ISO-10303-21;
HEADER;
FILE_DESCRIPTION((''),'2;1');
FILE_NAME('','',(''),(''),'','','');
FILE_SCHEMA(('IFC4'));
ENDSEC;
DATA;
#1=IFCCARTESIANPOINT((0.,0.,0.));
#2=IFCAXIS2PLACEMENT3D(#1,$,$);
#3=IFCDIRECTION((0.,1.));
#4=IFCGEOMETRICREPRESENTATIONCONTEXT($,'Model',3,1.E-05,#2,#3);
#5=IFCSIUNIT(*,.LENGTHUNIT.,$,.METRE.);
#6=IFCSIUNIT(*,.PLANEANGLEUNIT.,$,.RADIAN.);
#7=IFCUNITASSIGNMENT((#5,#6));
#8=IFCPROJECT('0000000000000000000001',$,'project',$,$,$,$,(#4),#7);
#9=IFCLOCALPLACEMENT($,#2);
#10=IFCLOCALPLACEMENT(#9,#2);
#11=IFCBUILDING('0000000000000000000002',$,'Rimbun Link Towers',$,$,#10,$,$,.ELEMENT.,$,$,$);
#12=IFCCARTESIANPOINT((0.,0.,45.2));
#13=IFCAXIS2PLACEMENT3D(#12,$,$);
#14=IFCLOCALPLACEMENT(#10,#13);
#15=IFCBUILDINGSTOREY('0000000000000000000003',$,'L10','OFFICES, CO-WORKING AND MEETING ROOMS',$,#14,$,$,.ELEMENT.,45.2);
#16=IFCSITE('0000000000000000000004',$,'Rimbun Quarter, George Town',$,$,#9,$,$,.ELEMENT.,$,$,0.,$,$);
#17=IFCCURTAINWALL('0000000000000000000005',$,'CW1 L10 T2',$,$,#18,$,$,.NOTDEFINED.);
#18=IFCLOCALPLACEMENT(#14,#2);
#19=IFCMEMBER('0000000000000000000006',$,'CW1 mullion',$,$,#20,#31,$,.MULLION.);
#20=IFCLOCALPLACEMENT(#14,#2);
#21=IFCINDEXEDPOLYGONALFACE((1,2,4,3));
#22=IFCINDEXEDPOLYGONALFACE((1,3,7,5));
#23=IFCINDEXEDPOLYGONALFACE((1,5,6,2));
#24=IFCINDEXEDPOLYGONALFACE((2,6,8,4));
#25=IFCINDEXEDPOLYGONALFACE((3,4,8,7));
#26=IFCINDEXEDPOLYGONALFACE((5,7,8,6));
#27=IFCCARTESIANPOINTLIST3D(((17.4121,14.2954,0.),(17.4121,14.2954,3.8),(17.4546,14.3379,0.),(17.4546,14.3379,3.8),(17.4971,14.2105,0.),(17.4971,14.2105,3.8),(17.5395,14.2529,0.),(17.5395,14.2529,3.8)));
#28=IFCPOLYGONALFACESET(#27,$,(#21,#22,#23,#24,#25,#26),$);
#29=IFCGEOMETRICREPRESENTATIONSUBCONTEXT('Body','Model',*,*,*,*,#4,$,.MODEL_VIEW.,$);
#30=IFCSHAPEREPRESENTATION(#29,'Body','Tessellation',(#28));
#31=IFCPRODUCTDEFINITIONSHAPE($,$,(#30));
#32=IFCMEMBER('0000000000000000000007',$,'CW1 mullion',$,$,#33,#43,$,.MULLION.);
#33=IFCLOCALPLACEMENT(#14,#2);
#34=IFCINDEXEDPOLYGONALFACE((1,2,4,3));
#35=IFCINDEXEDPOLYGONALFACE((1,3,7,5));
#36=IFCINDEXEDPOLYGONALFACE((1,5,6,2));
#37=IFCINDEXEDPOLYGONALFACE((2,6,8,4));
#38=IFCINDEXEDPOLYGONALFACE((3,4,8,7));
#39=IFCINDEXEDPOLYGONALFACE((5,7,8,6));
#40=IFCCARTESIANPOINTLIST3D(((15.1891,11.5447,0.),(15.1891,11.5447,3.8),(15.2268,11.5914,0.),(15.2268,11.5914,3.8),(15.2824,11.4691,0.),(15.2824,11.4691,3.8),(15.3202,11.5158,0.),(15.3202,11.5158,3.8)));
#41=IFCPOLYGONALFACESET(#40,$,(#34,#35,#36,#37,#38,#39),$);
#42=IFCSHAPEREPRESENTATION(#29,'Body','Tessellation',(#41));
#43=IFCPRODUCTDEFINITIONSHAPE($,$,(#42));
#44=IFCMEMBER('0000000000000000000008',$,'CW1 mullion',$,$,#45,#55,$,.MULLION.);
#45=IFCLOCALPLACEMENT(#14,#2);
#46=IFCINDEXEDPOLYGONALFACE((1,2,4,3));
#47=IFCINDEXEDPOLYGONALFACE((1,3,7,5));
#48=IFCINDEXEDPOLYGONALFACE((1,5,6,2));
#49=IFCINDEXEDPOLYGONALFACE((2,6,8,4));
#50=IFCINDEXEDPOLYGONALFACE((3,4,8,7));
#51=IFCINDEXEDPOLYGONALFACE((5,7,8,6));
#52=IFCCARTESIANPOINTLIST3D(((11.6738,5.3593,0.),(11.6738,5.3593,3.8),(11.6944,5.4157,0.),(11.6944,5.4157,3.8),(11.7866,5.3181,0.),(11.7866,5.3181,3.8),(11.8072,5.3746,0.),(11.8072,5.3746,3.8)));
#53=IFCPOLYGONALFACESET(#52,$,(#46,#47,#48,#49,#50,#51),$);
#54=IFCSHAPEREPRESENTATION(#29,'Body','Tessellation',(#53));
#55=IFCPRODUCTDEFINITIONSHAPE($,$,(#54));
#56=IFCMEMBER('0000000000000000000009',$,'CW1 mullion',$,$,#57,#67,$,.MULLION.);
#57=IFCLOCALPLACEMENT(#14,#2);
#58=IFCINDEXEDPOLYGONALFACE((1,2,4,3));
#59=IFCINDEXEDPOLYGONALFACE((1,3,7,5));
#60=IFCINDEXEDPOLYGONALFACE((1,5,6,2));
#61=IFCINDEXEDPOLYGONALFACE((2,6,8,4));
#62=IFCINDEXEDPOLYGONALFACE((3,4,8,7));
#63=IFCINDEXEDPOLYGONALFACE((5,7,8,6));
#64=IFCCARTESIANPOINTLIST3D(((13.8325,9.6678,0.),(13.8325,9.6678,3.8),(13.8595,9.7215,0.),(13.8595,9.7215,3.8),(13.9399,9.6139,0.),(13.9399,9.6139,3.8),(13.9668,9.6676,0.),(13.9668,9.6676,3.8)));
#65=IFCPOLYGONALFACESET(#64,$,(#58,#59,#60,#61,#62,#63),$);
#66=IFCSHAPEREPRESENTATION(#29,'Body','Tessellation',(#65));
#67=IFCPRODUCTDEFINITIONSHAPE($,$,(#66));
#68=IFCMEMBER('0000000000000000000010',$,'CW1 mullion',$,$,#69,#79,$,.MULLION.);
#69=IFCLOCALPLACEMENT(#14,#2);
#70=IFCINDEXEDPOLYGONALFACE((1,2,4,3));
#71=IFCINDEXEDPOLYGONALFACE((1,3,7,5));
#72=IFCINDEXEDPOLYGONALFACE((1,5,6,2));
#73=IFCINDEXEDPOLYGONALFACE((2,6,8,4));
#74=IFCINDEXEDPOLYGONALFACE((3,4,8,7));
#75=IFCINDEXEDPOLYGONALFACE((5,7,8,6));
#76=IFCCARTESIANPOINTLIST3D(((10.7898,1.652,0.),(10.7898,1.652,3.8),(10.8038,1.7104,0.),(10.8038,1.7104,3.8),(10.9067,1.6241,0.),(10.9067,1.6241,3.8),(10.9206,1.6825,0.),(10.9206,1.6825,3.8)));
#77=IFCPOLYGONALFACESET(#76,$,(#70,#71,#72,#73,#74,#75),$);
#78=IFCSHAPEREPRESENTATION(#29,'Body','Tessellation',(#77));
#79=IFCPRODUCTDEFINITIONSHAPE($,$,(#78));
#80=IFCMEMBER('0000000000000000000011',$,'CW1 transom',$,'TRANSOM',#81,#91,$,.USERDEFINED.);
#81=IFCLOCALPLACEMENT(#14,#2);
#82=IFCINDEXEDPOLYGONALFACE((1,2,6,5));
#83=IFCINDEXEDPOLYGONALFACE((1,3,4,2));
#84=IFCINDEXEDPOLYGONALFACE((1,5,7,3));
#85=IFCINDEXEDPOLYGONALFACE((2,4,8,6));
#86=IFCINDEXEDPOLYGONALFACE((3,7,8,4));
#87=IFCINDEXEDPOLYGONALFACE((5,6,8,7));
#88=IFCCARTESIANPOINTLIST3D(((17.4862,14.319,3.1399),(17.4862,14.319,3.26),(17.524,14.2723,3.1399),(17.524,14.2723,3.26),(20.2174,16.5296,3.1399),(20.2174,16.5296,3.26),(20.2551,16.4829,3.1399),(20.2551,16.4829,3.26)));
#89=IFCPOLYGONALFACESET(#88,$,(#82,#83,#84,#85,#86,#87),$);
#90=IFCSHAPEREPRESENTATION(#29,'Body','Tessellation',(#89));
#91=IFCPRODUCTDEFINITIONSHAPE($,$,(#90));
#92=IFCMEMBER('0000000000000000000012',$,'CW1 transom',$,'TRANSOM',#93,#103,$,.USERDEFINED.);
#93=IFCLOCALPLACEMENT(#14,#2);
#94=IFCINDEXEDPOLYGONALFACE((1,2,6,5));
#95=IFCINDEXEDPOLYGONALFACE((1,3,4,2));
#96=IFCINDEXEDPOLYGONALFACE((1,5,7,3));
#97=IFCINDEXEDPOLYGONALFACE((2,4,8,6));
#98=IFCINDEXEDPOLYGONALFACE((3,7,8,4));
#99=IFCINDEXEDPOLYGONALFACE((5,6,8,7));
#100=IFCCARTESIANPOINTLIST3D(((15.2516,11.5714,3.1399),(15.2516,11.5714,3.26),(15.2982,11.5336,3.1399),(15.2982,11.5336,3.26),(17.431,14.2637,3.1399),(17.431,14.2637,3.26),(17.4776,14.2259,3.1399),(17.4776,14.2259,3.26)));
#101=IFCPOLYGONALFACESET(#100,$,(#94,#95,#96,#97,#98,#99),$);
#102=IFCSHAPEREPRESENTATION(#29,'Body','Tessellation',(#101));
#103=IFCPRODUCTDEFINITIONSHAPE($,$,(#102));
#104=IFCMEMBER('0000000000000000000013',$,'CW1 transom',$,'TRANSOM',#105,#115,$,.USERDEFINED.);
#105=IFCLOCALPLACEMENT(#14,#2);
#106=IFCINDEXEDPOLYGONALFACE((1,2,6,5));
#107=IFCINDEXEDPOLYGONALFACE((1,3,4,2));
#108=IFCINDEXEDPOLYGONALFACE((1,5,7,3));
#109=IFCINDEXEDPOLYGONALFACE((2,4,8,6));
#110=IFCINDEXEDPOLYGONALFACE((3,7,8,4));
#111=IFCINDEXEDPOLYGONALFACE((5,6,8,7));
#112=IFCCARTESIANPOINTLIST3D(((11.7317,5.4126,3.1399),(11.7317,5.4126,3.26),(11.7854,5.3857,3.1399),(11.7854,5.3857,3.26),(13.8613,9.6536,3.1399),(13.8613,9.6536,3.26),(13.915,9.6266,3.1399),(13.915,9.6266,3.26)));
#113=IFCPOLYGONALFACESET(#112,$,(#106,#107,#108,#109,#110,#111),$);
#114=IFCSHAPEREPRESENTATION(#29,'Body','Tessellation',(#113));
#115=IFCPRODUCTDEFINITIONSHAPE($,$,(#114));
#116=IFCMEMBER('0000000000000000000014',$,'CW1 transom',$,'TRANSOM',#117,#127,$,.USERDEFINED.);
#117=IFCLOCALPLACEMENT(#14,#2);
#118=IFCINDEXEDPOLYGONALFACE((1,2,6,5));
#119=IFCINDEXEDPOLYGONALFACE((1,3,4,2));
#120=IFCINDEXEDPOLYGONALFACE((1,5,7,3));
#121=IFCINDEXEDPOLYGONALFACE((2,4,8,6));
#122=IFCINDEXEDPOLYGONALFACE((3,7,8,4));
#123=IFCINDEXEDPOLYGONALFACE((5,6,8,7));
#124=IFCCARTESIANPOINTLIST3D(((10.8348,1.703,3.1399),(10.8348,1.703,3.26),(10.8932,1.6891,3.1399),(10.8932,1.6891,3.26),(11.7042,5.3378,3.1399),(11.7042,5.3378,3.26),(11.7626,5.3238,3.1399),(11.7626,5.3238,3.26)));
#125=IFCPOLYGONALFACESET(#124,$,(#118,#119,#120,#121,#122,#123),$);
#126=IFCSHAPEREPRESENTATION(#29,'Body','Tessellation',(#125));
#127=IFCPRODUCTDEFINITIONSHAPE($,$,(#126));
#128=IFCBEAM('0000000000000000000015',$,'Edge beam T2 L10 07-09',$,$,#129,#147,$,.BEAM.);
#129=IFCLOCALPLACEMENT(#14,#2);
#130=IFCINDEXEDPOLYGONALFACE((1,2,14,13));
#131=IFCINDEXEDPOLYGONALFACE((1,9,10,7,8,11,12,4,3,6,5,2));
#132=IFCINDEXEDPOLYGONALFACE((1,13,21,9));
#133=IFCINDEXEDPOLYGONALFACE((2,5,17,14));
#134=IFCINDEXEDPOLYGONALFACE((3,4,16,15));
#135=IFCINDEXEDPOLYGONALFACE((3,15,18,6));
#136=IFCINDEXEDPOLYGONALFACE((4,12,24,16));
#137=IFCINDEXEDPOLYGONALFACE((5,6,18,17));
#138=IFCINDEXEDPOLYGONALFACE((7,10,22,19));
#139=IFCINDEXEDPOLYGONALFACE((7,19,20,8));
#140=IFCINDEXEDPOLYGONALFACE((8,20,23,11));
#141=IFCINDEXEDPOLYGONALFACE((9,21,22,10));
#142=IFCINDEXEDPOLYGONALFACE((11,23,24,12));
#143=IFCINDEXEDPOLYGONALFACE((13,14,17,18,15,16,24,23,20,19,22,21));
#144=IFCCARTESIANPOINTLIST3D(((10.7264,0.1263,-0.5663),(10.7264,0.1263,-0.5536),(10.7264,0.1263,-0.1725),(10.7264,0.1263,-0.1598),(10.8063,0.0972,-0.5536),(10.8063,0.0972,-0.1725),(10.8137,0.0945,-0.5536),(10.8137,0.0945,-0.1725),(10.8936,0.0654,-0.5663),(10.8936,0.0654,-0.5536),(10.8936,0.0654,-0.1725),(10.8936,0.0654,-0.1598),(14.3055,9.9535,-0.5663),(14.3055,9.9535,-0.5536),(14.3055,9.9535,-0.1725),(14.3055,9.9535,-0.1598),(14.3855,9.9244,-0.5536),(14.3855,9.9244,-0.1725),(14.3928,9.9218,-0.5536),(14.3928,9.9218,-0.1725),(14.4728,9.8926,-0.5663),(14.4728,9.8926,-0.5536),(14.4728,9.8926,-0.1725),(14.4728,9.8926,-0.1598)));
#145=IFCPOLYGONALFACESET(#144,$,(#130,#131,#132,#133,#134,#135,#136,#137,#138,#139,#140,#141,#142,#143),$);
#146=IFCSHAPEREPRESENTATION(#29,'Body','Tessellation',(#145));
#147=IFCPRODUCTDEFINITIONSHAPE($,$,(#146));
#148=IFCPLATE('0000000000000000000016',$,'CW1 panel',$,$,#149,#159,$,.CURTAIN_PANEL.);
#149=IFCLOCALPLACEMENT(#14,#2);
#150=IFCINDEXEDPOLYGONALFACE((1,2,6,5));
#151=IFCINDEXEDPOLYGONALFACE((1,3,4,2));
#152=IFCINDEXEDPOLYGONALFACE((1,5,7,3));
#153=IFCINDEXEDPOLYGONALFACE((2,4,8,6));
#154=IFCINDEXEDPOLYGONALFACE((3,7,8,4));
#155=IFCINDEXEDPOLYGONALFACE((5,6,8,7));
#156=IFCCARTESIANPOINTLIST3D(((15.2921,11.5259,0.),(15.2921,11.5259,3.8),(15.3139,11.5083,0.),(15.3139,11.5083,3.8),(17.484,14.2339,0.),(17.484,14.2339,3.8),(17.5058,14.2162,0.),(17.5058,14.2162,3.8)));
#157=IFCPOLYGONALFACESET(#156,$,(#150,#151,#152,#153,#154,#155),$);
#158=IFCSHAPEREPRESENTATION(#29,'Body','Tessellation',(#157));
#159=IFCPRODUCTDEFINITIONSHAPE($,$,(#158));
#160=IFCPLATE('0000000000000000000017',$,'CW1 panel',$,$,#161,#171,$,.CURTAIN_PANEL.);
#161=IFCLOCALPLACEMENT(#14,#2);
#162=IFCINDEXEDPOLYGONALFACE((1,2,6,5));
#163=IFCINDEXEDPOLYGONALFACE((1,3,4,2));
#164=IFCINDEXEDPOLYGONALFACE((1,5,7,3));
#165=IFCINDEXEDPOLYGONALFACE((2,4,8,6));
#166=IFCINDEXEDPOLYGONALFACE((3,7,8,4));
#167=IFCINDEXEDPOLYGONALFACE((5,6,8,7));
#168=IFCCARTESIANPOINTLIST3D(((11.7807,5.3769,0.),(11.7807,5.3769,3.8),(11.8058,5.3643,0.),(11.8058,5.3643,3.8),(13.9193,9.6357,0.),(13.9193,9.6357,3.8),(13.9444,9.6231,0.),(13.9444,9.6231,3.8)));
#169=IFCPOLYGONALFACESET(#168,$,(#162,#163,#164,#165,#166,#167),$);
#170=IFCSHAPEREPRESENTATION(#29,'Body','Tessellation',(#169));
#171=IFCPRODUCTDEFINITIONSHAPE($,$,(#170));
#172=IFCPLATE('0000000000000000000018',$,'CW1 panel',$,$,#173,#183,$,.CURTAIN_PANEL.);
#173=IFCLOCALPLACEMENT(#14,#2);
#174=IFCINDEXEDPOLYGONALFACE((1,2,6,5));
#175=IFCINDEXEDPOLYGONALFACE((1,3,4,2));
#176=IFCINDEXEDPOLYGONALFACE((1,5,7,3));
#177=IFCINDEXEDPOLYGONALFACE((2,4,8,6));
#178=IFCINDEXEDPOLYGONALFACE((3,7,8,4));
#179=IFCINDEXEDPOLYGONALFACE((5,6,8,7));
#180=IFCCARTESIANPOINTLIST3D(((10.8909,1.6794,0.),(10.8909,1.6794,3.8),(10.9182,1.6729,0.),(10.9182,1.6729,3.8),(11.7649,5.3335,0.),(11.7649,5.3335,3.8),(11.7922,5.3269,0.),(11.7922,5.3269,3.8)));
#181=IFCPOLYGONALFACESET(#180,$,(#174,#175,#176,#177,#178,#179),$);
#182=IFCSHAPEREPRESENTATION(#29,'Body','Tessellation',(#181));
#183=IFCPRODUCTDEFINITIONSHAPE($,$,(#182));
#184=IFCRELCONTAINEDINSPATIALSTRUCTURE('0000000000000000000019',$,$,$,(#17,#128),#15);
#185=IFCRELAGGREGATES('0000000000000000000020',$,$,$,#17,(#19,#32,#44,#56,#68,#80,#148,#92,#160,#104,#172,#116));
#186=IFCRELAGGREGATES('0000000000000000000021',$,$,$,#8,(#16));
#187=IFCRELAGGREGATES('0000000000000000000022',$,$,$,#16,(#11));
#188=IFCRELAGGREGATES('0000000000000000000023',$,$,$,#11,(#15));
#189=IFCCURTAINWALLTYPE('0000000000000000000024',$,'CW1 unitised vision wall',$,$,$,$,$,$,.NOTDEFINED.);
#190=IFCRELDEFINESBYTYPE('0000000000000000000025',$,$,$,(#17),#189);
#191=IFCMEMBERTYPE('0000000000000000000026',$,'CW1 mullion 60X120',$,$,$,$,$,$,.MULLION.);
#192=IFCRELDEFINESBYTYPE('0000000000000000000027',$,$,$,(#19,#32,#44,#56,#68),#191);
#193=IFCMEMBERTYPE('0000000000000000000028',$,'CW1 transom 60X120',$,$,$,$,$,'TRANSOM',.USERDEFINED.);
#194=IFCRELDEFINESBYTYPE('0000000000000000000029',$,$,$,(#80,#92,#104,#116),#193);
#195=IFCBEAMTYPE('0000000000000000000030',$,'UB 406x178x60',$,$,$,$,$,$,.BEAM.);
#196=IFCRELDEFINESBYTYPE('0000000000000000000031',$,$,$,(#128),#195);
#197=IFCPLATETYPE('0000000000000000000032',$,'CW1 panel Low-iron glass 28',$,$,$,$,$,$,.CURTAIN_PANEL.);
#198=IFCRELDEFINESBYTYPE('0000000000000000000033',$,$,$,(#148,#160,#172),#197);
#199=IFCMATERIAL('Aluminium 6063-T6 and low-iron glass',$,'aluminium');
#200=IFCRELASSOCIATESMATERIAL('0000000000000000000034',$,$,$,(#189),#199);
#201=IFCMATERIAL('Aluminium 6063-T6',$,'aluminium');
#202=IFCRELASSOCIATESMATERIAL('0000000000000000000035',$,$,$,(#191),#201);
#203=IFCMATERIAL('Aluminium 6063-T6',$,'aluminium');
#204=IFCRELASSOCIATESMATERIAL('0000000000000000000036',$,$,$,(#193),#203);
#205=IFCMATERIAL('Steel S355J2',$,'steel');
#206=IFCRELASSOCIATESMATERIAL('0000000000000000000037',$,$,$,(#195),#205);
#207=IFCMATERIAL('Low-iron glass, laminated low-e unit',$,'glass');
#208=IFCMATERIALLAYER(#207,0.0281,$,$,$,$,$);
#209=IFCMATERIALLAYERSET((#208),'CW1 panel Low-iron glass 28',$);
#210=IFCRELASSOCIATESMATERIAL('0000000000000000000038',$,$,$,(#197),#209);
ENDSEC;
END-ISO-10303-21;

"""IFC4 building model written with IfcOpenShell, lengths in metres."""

from ifc_helpers import new_model, si_unit, direction, frame, origin, origin_2d, place, context, subcontext, project, spatial, rectangle, i_section, extrude, material, layer, layer_set, material_profile, profile_set, type_object, element, aggregate, save


model = new_model("IFC4")

# Units and contexts
model_context = context("Model", 3, precision=1e-05, world=origin(), true_north=direction((0.0, 1.0)))
body_context = subcontext(model_context, "Body", "Model", "MODEL_VIEW")
ifc_project = project(units=[si_unit("LENGTHUNIT", "METRE"), si_unit("PLANEANGLEUNIT", "RADIAN")], contexts=[model_context])

# Site, building, storey
site_placement = place(None, origin())
site = spatial("IfcSite", under=ifc_project, at=site_placement, Name="Rimbun Quarter, George Town", CompositionType="ELEMENT", RefElevation=0.0)
building_placement = place(site_placement, origin())
building = spatial("IfcBuilding", under=site, at=building_placement, Name="Rimbun Link Towers", CompositionType="ELEMENT")
storey_placement = place(building_placement, frame((0.0, 0.0, 45.2)))
storey = spatial("IfcBuildingStorey", under=building, at=storey_placement, Name="L10", Description="OFFICES, CO-WORKING AND MEETING ROOMS", CompositionType="ELEMENT", Elevation=45.2)

# Curtain wall, members
ifc_material_1 = material(Name="Aluminium 6063-T6 and low-iron glass", Category="aluminium")
curtain_wall_type = type_object("IfcCurtainWallType", Name="CW1 unitised vision wall", PredefinedType="NOTDEFINED", material=ifc_material_1)
curtain_wall_placement = place(storey_placement, origin())
curtain_wall = element("IfcCurtainWall", 1, at=curtain_wall_placement, inside=storey, type_object=curtain_wall_type, Name="CW1 L10 T2", PredefinedType="NOTDEFINED")
ifc_material_2 = material(Name="Aluminium 6063-T6", Category="aluminium")
ifc_material_profile_1 = material_profile(ifc_material_2, rectangle(XDim=0.1201, YDim=0.0601, at=origin_2d()), Name="MULLION 60X120")
ifc_profile_set_1 = profile_set([ifc_material_profile_1], Name="Aluminium 6063-T6")
member_type_1 = type_object("IfcMemberType", Name="CW1 mullion 60X120", PredefinedType="MULLION", material=ifc_profile_set_1)
member_1_placement = place(storey_placement, frame((17.4758, 14.2742, 0.0), z_axis=(0.0, 0.0, 1.0), x_axis=(-0.707107, 0.707107, 0.0)))
member_1 = element("IfcMember", 2, at=member_1_placement, type_object=member_type_1, Name="CW1 mullion", PredefinedType="MULLION", context=body_context, shape_type="SweptSolid", body=[
    extrude(rectangle(XDim=0.1201, YDim=0.0601, at=origin_2d()), origin(), (0.0, 0.0, 1.0), 3.8),
])
member_2_placement = place(storey_placement, frame((15.2546, 11.5303, 0.0), z_axis=(0.0, 0.0, 1.0), x_axis=(-0.77728, 0.629155, 0.0)))
member_2 = element("IfcMember", 3, at=member_2_placement, type_object=member_type_1, Name="CW1 mullion", PredefinedType="MULLION", context=body_context, shape_type="SweptSolid", body=[
    extrude(rectangle(XDim=0.1201, YDim=0.0601, at=origin_2d()), origin(), (0.0, 0.0, 1.0), 3.8),
])
member_3_placement = place(storey_placement, frame((11.7405, 5.3669, 0.0), z_axis=(0.0, 0.0, 1.0), x_axis=(-0.939348, 0.342966, 0.0)))
member_3 = element("IfcMember", 4, at=member_3_placement, type_object=member_type_1, Name="CW1 mullion", PredefinedType="MULLION", context=body_context, shape_type="SweptSolid", body=[
    extrude(rectangle(XDim=0.1201, YDim=0.0601, at=origin_2d()), origin(), (0.0, 0.0, 1.0), 3.8),
])
member_4_placement = place(storey_placement, frame((13.8997, 9.6677, 0.0), z_axis=(0.0, 0.0, 1.0), x_axis=(-0.893649, 0.448766, 0.0)))
member_4 = element("IfcMember", 5, at=member_4_placement, type_object=member_type_1, Name="CW1 mullion", PredefinedType="MULLION", context=body_context, shape_type="SweptSolid", body=[
    extrude(rectangle(XDim=0.1201, YDim=0.0601, at=origin_2d()), origin(), (0.0, 0.0, 1.0), 3.8),
])
member_5_placement = place(storey_placement, frame((10.8552, 1.6672, 0.0), z_axis=(0.0, 0.0, 1.0), x_axis=(-0.97257, 0.23261, 0.0)))
member_5 = element("IfcMember", 6, at=member_5_placement, type_object=member_type_1, Name="CW1 mullion", PredefinedType="MULLION", context=body_context, shape_type="SweptSolid", body=[
    extrude(rectangle(XDim=0.1201, YDim=0.0601, at=origin_2d()), origin(), (0.0, 0.0, 1.0), 3.8),
])
ifc_material_3 = material(Name="Aluminium 6063-T6", Category="aluminium")
ifc_material_profile_2 = material_profile(ifc_material_3, rectangle(XDim=0.0601, YDim=0.1201, at=origin_2d()), Name="TRANSOM 60X120")
ifc_profile_set_2 = profile_set([ifc_material_profile_2], Name="Aluminium 6063-T6")
member_type_2 = type_object("IfcMemberType", Name="CW1 transom 60X120", ElementType="TRANSOM", PredefinedType="USERDEFINED", material=ifc_profile_set_2)
member_6_placement = place(storey_placement, frame((17.5051, 14.2957, 3.2), z_axis=(0.777284, 0.62915, 0.0), x_axis=(-0.62915, 0.777284, 0.0)))
member_6 = element("IfcMember", 7, at=member_6_placement, type_object=member_type_2, Name="CW1 transom", ObjectType="TRANSOM", PredefinedType="USERDEFINED", context=body_context, shape_type="SweptSolid", body=[
    extrude(rectangle(XDim=0.0601, YDim=0.1201, at=origin_2d()), origin(), (0.0, 0.0, 1.0), 3.5137),
])
member_7_placement = place(storey_placement, frame((15.2749, 11.5525, 3.2), z_axis=(0.62918, 0.77726, 0.0), x_axis=(-0.77726, 0.62918, 0.0)))
member_7 = element("IfcMember", 8, at=member_7_placement, type_object=member_type_2, Name="CW1 transom", ObjectType="TRANSOM", PredefinedType="USERDEFINED", context=body_context, shape_type="SweptSolid", body=[
    extrude(rectangle(XDim=0.0601, YDim=0.1201, at=origin_2d()), origin(), (0.0, 0.0, 1.0), 3.4639),
])
member_8_placement = place(storey_placement, frame((11.7585, 5.3992, 3.2), z_axis=(0.448756, 0.893654, 0.0), x_axis=(-0.893654, 0.448756, 0.0)))
member_8 = element("IfcMember", 9, at=member_8_placement, type_object=member_type_2, Name="CW1 transom", ObjectType="TRANSOM", PredefinedType="USERDEFINED", context=body_context, shape_type="SweptSolid", body=[
    extrude(rectangle(XDim=0.0601, YDim=0.1201, at=origin_2d()), origin(), (0.0, 0.0, 1.0), 4.7456),
])
member_9_placement = place(storey_placement, frame((10.864, 1.696, 3.2), z_axis=(0.232624, 0.972567, 0.0), x_axis=(-0.972567, 0.232624, 0.0)))
member_9 = element("IfcMember", 10, at=member_9_placement, type_object=member_type_2, Name="CW1 transom", ObjectType="TRANSOM", PredefinedType="USERDEFINED", context=body_context, shape_type="SweptSolid", body=[
    extrude(rectangle(XDim=0.0601, YDim=0.1201, at=origin_2d()), origin(), (0.0, 0.0, 1.0), 3.7373),
])

# Beam
ifc_material_4 = material(Name="Steel S355J2", Category="steel")
ifc_material_profile_3 = material_profile(ifc_material_4, i_section(OverallWidth=0.178, OverallDepth=0.4065, WebThickness=0.0078, FlangeThickness=0.0127, at=origin_2d()), Name="UB 406x178x60")
ifc_profile_set_3 = profile_set([ifc_material_profile_3], Name="Steel S355J2")
beam_type = type_object("IfcBeamType", Name="UB 406x178x60", PredefinedType="BEAM", material=ifc_profile_set_3)
beam_placement = place(storey_placement, frame((14.3892, 9.9231, -0.363), z_axis=(-0.342215, -0.939622, 0.0), x_axis=(0.939622, -0.342215, 0.0)))
element("IfcBeam", 11, at=beam_placement, inside=storey, type_object=beam_type, Name="Edge beam T2 L10 07-09", PredefinedType="BEAM", context=body_context, shape_type="SweptSolid", body=[
    extrude(i_section(OverallWidth=0.178, OverallDepth=0.4065, WebThickness=0.0078, FlangeThickness=0.0127, at=origin_2d()), origin(), (0.0, 0.0, 1.0), 10.4587),
])

# Plates
ifc_material_5 = material(Name="Low-iron glass, laminated low-e unit", Category="glass")
ifc_layer_1 = layer(ifc_material_5, 0.0281)
ifc_layer_set_1 = layer_set([ifc_layer_1], Name="CW1 panel Low-iron glass 28")
plate_type = type_object("IfcPlateType", Name="CW1 panel Low-iron glass 28", PredefinedType="CURTAIN_PANEL", material=ifc_layer_set_1)
plate_1_placement = place(storey_placement, frame((16.3989, 12.8711, 0.0), z_axis=(0.0, 0.0, 1.0), x_axis=(0.629155, 0.77728, 0.0)))
plate_1 = element("IfcPlate", 12, at=plate_1_placement, type_object=plate_type, Name="CW1 panel", PredefinedType="CURTAIN_PANEL", context=body_context, shape_type="SweptSolid", body=[
    extrude(rectangle(XDim=3.4839, YDim=0.0281, at=origin_2d()), origin(), (0.0, 0.0, 1.0), 3.8),
])
plate_2_placement = place(storey_placement, frame((12.8625, 7.5, 0.0), z_axis=(0.0, 0.0, 1.0), x_axis=(0.448766, 0.893649, 0.0)))
plate_2 = element("IfcPlate", 13, at=plate_2_placement, type_object=plate_type, Name="CW1 panel", PredefinedType="CURTAIN_PANEL", context=body_context, shape_type="SweptSolid", body=[
    extrude(rectangle(XDim=4.7656, YDim=0.0281, at=origin_2d()), origin(), (0.0, 0.0, 1.0), 3.8),
])
plate_3_placement = place(storey_placement, frame((11.3416, 3.5032, 0.0), z_axis=(0.0, 0.0, 1.0), x_axis=(0.23261, 0.97257, 0.0)))
plate_3 = element("IfcPlate", 14, at=plate_3_placement, type_object=plate_type, Name="CW1 panel", PredefinedType="CURTAIN_PANEL", context=body_context, shape_type="SweptSolid", body=[
    extrude(rectangle(XDim=3.7571, YDim=0.0281, at=origin_2d()), origin(), (0.0, 0.0, 1.0), 3.8),
])
aggregate(curtain_wall, [member_1, member_2, member_3, member_4, member_5, member_6, plate_1, member_7, plate_2, member_8, plate_3, member_9])

save(model, "model.ifc")
